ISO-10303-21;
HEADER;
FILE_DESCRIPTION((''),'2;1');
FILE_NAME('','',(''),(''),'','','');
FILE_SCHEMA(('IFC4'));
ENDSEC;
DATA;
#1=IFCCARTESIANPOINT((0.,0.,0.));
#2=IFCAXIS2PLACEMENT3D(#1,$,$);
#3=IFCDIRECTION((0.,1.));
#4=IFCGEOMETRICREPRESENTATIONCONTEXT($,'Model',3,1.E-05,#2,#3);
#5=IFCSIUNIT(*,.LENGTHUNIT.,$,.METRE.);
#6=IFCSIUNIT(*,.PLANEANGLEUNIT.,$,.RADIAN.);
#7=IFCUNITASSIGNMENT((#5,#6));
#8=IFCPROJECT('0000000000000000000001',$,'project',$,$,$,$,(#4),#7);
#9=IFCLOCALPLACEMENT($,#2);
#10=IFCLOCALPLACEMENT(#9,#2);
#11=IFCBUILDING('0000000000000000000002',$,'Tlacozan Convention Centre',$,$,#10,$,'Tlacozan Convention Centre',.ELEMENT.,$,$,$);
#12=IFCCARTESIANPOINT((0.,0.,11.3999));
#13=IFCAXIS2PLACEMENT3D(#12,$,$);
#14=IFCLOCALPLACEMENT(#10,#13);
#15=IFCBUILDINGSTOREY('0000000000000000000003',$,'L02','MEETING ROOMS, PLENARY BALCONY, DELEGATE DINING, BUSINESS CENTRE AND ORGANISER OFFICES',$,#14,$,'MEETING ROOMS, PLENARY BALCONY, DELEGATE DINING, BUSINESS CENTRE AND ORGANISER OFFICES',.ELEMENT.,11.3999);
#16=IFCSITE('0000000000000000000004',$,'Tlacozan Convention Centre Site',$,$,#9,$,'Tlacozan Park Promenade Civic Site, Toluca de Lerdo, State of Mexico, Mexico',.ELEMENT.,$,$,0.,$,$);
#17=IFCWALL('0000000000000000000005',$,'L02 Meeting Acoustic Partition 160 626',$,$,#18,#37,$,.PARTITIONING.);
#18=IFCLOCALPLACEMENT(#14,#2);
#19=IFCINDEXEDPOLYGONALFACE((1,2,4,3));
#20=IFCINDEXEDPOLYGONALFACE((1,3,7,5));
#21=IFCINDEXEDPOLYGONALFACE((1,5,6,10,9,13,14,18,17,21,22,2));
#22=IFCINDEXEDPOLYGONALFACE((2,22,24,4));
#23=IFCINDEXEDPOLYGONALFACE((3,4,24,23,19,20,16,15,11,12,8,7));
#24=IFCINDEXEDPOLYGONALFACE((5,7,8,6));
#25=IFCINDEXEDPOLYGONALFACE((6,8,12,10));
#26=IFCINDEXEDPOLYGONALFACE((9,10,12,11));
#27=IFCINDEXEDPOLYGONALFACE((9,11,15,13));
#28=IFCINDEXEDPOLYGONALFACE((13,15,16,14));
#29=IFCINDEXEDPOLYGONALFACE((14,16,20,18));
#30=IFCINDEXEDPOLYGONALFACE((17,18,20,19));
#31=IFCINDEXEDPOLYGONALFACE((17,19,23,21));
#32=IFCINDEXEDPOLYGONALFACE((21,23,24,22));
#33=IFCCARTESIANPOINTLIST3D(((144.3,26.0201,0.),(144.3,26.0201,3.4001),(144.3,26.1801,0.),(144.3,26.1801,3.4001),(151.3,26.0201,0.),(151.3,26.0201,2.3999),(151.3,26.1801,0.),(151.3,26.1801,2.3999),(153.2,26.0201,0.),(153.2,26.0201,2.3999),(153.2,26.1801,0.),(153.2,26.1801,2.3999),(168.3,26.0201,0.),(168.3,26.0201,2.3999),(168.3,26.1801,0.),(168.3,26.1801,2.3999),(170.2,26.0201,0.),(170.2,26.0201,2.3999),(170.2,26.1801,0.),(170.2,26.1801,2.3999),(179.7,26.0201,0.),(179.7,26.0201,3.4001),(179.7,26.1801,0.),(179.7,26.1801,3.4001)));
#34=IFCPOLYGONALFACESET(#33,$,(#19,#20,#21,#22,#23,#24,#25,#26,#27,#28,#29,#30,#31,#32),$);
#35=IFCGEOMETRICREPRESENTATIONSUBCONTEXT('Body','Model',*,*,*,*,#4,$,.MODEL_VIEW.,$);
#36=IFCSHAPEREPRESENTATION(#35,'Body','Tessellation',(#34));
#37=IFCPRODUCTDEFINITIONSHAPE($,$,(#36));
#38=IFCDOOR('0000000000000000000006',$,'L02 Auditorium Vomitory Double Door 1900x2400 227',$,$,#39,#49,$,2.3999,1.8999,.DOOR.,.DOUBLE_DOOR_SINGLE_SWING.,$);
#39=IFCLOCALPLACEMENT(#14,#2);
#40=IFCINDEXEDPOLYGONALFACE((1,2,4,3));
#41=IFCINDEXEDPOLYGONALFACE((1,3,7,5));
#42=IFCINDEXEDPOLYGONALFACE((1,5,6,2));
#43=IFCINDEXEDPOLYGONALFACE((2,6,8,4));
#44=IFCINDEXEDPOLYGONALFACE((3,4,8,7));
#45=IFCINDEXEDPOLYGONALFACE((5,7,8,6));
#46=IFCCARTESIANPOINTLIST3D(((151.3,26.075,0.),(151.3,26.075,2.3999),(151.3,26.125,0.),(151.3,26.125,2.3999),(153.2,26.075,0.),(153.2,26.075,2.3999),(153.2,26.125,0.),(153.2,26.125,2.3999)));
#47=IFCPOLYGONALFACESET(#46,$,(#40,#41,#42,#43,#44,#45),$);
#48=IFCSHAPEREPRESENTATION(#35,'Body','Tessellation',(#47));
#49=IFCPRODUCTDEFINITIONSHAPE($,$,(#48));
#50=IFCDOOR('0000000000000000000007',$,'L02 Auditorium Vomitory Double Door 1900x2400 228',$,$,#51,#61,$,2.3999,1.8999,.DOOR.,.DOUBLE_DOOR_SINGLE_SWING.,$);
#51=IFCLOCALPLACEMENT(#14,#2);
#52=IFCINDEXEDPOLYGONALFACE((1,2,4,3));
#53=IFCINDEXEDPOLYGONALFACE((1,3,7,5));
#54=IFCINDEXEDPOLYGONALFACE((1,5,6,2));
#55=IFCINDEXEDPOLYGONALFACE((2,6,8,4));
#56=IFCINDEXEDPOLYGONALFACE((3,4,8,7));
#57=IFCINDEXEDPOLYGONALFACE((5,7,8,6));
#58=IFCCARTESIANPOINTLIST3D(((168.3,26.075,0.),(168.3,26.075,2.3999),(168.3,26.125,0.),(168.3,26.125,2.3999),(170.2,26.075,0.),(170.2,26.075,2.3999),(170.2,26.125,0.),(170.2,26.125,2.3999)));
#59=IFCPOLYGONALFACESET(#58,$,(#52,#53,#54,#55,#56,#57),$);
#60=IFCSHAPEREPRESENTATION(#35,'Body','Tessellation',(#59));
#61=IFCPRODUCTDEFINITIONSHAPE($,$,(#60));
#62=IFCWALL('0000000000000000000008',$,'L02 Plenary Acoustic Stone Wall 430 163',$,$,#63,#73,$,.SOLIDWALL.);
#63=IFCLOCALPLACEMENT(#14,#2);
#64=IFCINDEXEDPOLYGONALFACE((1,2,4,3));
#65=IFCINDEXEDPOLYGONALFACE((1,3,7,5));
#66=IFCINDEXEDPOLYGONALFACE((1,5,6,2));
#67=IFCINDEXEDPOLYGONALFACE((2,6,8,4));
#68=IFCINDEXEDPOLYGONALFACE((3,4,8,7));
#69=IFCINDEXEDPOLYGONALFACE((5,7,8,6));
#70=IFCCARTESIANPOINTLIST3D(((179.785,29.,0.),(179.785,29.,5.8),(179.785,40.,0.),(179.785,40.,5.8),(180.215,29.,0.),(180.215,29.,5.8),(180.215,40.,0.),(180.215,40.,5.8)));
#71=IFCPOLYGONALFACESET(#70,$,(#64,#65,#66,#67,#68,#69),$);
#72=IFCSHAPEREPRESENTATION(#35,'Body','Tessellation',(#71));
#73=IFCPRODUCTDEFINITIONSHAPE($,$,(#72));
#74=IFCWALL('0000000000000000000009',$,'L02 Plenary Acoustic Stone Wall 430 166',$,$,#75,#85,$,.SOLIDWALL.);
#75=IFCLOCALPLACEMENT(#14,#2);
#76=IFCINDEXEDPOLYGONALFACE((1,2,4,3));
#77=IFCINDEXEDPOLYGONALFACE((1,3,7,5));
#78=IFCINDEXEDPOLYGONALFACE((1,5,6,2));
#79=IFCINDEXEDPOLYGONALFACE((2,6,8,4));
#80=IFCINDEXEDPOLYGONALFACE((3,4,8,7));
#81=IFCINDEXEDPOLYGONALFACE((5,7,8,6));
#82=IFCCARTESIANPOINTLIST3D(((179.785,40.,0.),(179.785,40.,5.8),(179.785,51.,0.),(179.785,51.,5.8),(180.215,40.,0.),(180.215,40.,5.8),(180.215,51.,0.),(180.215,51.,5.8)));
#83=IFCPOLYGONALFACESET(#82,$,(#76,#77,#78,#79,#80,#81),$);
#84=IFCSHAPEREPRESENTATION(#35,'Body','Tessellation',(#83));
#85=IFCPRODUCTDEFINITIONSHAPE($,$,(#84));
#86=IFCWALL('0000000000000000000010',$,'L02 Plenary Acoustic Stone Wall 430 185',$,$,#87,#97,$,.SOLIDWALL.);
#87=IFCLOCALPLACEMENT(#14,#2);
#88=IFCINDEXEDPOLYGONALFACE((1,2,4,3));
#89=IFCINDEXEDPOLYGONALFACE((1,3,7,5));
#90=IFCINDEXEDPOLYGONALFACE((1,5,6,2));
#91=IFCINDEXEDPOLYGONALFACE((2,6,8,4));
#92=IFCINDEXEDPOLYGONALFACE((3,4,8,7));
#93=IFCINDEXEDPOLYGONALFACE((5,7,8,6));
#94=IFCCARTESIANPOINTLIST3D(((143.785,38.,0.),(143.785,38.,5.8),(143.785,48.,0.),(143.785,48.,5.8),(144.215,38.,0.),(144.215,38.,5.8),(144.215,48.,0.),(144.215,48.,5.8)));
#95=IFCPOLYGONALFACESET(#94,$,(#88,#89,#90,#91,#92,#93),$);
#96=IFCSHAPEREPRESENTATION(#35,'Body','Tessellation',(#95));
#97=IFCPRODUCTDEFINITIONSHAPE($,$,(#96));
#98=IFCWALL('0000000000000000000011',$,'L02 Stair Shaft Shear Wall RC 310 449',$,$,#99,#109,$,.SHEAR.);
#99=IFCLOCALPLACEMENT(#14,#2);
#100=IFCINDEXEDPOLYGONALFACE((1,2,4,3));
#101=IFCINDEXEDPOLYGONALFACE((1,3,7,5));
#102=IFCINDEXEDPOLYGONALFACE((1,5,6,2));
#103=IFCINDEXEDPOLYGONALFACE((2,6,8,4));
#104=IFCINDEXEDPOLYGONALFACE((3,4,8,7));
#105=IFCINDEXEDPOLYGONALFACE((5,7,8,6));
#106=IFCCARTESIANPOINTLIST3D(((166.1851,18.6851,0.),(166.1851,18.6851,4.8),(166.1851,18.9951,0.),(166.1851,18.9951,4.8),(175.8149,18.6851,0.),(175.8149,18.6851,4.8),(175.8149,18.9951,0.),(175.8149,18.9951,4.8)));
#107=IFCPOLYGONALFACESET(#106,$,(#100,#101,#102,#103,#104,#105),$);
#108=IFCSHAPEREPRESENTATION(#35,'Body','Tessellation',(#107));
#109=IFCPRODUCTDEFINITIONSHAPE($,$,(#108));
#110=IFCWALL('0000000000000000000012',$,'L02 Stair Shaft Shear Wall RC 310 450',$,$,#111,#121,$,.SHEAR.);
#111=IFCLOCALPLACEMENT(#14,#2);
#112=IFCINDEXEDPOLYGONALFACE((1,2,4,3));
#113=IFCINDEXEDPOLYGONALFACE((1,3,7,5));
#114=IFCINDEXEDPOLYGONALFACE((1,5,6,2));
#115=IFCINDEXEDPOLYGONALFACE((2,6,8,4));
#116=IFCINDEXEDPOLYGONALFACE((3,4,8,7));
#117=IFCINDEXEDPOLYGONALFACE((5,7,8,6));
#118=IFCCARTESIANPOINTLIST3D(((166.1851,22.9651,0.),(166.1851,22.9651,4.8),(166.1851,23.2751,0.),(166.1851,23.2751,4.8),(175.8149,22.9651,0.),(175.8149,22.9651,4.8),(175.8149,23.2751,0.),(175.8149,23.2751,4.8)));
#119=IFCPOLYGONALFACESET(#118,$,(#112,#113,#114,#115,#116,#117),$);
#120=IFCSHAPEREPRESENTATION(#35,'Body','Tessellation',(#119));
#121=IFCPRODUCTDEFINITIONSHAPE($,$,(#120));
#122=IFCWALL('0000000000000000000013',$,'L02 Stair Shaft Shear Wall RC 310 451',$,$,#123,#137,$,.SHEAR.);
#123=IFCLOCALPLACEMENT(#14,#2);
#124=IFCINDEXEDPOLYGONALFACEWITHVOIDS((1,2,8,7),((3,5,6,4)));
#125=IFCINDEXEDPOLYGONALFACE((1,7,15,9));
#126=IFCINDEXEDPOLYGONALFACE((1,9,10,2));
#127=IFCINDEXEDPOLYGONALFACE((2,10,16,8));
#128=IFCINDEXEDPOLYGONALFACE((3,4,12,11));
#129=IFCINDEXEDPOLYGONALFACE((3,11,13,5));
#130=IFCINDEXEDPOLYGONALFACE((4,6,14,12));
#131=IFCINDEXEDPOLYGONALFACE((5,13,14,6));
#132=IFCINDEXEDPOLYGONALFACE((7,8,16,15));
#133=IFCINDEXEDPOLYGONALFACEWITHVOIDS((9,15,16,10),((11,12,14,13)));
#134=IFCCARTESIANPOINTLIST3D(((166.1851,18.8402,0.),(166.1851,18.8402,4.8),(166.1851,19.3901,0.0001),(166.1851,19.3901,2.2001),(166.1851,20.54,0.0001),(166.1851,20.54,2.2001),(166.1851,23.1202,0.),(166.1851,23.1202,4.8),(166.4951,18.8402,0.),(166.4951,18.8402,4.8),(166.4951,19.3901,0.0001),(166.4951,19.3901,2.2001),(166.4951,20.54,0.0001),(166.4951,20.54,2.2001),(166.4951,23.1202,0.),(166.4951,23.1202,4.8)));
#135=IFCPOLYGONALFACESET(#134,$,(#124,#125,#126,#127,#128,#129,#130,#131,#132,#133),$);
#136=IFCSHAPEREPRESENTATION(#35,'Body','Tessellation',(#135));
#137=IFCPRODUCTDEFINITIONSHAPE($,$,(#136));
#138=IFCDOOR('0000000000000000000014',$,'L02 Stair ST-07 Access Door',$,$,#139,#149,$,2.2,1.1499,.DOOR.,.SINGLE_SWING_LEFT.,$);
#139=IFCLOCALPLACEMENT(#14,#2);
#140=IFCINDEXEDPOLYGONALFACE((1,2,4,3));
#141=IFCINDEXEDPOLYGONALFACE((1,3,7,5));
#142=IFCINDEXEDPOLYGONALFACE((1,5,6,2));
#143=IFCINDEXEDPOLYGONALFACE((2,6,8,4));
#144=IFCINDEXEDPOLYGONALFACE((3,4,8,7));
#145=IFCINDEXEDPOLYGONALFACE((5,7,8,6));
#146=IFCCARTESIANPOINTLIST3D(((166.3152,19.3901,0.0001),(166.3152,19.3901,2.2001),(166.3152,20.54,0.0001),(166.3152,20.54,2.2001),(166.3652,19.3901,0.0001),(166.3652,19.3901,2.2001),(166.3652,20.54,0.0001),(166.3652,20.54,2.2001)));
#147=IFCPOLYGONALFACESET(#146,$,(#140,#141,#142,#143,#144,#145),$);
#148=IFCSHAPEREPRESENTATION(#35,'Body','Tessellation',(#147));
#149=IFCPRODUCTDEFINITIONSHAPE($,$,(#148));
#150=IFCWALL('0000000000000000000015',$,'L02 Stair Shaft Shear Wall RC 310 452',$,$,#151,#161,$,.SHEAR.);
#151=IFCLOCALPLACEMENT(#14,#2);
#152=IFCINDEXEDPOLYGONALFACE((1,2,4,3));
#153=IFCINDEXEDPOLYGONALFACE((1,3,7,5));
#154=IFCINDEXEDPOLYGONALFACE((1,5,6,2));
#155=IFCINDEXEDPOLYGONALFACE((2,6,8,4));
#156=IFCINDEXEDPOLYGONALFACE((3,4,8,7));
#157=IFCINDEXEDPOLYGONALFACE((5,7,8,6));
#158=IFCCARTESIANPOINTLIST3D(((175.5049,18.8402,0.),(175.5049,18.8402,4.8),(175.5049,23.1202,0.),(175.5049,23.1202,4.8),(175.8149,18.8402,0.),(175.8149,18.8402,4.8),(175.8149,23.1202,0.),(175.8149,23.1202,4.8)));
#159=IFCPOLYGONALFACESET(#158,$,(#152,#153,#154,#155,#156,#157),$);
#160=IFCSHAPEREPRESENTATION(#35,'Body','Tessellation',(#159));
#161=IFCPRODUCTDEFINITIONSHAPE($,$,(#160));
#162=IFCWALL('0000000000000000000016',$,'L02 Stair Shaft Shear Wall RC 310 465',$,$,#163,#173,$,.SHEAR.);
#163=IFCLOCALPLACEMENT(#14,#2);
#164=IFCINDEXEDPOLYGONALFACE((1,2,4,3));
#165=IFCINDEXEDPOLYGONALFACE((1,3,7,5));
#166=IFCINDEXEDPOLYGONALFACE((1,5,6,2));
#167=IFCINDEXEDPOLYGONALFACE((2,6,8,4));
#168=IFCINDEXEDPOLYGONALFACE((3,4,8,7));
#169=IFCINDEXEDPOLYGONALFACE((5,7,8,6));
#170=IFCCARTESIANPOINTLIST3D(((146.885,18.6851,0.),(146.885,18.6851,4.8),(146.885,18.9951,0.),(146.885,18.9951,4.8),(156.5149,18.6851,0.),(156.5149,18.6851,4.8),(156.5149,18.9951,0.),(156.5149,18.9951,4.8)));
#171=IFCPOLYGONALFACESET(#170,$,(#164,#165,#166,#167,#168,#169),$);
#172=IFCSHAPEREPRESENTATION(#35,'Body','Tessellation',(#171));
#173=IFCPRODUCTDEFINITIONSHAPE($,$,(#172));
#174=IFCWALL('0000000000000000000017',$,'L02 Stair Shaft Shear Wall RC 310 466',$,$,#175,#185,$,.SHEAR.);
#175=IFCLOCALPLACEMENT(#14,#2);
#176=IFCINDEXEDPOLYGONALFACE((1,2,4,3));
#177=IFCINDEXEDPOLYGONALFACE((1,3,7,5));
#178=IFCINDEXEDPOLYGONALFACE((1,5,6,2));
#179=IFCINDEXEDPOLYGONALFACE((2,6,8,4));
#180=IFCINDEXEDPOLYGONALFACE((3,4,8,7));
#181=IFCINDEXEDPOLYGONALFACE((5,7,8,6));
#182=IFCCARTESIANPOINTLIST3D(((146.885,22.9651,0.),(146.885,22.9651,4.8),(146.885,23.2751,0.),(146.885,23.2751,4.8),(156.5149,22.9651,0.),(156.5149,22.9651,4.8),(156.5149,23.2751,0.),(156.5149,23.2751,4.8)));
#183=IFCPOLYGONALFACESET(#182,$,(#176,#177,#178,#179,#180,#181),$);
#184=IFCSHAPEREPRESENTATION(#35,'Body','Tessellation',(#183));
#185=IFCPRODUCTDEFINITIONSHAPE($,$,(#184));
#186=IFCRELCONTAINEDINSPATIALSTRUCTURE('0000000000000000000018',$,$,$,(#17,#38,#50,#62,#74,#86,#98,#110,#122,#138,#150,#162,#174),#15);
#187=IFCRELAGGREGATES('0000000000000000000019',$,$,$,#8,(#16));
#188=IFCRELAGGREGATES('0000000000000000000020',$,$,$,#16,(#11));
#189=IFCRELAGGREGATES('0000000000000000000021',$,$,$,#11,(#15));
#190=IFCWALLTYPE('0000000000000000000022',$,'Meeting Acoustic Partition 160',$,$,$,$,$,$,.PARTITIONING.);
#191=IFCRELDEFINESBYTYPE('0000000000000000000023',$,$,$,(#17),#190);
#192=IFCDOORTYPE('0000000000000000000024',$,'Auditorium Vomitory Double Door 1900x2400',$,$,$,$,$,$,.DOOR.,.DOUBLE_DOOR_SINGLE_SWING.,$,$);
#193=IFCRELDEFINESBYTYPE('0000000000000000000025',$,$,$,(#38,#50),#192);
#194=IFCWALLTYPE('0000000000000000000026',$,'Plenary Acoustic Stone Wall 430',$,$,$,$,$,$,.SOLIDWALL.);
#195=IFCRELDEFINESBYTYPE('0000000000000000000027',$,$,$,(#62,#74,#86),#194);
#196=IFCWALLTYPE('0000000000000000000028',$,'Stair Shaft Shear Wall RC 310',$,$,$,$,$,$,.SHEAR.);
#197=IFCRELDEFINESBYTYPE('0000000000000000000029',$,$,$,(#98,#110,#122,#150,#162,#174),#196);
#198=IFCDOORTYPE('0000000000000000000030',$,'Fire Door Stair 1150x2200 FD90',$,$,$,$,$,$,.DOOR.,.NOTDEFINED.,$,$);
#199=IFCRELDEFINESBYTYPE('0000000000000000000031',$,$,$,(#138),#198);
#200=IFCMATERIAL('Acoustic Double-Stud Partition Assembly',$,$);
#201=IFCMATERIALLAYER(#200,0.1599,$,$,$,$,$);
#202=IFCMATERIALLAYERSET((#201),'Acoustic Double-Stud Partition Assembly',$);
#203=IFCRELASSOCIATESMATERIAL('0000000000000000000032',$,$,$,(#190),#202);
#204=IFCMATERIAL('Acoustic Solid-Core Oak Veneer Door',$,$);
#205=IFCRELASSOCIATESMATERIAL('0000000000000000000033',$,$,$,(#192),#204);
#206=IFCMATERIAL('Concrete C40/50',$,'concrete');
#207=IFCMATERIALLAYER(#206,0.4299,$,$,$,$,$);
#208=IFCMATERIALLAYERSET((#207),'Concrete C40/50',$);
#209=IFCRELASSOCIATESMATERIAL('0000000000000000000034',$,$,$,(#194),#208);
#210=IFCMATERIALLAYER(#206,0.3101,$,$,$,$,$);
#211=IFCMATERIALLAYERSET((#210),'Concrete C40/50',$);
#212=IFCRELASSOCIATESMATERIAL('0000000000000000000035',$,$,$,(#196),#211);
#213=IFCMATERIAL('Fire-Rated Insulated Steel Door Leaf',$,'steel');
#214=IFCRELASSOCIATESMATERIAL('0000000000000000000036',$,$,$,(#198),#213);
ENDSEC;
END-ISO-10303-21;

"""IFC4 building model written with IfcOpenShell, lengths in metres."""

from ifc_helpers import new_model, si_unit, direction, frame, frame_2d, origin, place, context, subcontext, project, spatial, rectangle, extrude, material, layer, layer_set, type_object, element, fill, save


model = new_model("IFC4")

# Units and contexts
model_context = context("Model", 3, precision=1e-05, world=origin(), true_north=direction((0.0, 1.0)))
body_context = subcontext(model_context, "Body", "Model", "MODEL_VIEW")
ifc_project = project(units=[si_unit("LENGTHUNIT", "METRE"), si_unit("PLANEANGLEUNIT", "RADIAN")], contexts=[model_context])

# Site, building, storey
site_placement = place(None, origin())
site = spatial("IfcSite", under=ifc_project, at=site_placement, Name="Tlacozan Convention Centre Site", LongName="Tlacozan Park Promenade Civic Site, Toluca de Lerdo, State of Mexico, Mexico", CompositionType="ELEMENT", RefElevation=0.0)
building_placement = place(site_placement, origin())
building = spatial("IfcBuilding", under=site, at=building_placement, Name="Tlacozan Convention Centre", LongName="Tlacozan Convention Centre", CompositionType="ELEMENT")
storey_placement = place(building_placement, frame((0.0, 0.0, 11.3999)))
storey = spatial("IfcBuildingStorey", under=building, at=storey_placement, Name="L02", Description="MEETING ROOMS, PLENARY BALCONY, DELEGATE DINING, BUSINESS CENTRE AND ORGANISER OFFICES", LongName="MEETING ROOMS, PLENARY BALCONY, DELEGATE DINING, BUSINESS CENTRE AND ORGANISER OFFICES", CompositionType="ELEMENT", Elevation=11.3999)

# Shared definitions
ifc_material_1 = material(Name="Concrete C40/50", Category="concrete")

# Shared definitions
ifc_material_2 = material(Name="Fire-Rated Insulated Steel Door Leaf", Category="steel")

# Wall, openings, doors
ifc_material_3 = material(Name="Acoustic Double-Stud Partition Assembly")
ifc_layer_1 = layer(ifc_material_3, 0.1599)
ifc_layer_set_1 = layer_set([ifc_layer_1], Name="Acoustic Double-Stud Partition Assembly")
wall_type_1 = type_object("IfcWallType", Name="Meeting Acoustic Partition 160", PredefinedType="PARTITIONING", material=ifc_layer_set_1)
wall_1_placement = place(storey_placement, frame((144.3, 26.1001, 0.0), z_axis=(0.0, 0.0, 1.0), x_axis=(1.0, 0.0, 0.0)))
wall_1 = element("IfcWall", 1, at=wall_1_placement, inside=storey, type_object=wall_type_1, Name="L02 Meeting Acoustic Partition 160 626", PredefinedType="PARTITIONING", context=body_context, shape_type="SweptSolid", body=[
    extrude(rectangle(XDim=35.3999, YDim=0.1599, at=frame_2d((17.7, 0.0))), origin(), (0.0, 0.0, 1.0), 3.4001),
])
opening_1_placement = place(wall_1_placement, frame((7.0, 0.0, 0.0)))
opening_1 = element("IfcOpeningElement", 2, at=opening_1_placement, cuts=wall_1, PredefinedType="OPENING", context=body_context, shape_type="SweptSolid", body=[
    extrude(rectangle(XDim=1.8999, YDim=2.3999, at=frame_2d((0.95, 1.2))), frame((0.0, 0.0898, 0.0), z_axis=(0.0, -1.0, 0.0), x_axis=(1.0, 0.0, 0.0)), (0.0, 0.0, 1.0), 0.1799),
])
opening_2_placement = place(wall_1_placement, frame((24.0, 0.0, 0.0)))
opening_2 = element("IfcOpeningElement", 3, at=opening_2_placement, cuts=wall_1, PredefinedType="OPENING", context=body_context, shape_type="SweptSolid", body=[
    extrude(rectangle(XDim=1.8999, YDim=2.3999, at=frame_2d((0.95, 1.2))), frame((0.0, 0.0898, 0.0), z_axis=(0.0, -1.0, 0.0), x_axis=(1.0, 0.0, 0.0)), (0.0, 0.0, 1.0), 0.1799),
])
ifc_material_4 = material(Name="Acoustic Solid-Core Oak Veneer Door")
door_type_1 = type_object("IfcDoorType", Name="Auditorium Vomitory Double Door 1900x2400", OperationType="DOUBLE_DOOR_SINGLE_SWING", PredefinedType="DOOR", material=ifc_material_4)
door_1_placement = place(opening_1_placement, origin())
door_1 = element("IfcDoor", 4, at=door_1_placement, inside=storey, type_object=door_type_1, Name="L02 Auditorium Vomitory Double Door 1900x2400 227", OperationType="DOUBLE_DOOR_SINGLE_SWING", OverallHeight=2.3999, OverallWidth=1.8999, PredefinedType="DOOR", context=body_context, shape_type="SweptSolid", body=[
    extrude(rectangle(XDim=1.8999, YDim=2.3999, at=frame_2d((0.95, 1.2))), frame((0.0, 0.0249, 0.0), z_axis=(0.0, -1.0, 0.0), x_axis=(1.0, 0.0, 0.0)), (0.0, 0.0, 1.0), 0.05),
])
fill(opening_1, door_1)
door_2_placement = place(opening_2_placement, origin())
door_2 = element("IfcDoor", 5, at=door_2_placement, inside=storey, type_object=door_type_1, Name="L02 Auditorium Vomitory Double Door 1900x2400 228", OperationType="DOUBLE_DOOR_SINGLE_SWING", OverallHeight=2.3999, OverallWidth=1.8999, PredefinedType="DOOR", context=body_context, shape_type="SweptSolid", body=[
    extrude(rectangle(XDim=1.8999, YDim=2.3999, at=frame_2d((0.95, 1.2))), frame((0.0, 0.0249, 0.0), z_axis=(0.0, -1.0, 0.0), x_axis=(1.0, 0.0, 0.0)), (0.0, 0.0, 1.0), 0.05),
])
fill(opening_2, door_2)

# Walls
ifc_layer_2 = layer(ifc_material_1, 0.4299)
ifc_layer_set_2 = layer_set([ifc_layer_2], Name="Concrete C40/50")
wall_type_2 = type_object("IfcWallType", Name="Plenary Acoustic Stone Wall 430", PredefinedType="SOLIDWALL", material=ifc_layer_set_2)
for number, where, z_axis, x_axis, name in (
    (6, (180.0, 29.0, 0.0), (0.0, 0.0, 1.0), (0.0, 1.0, 0.0), "L02 Plenary Acoustic Stone Wall 430 163"),
    (7, (180.0, 40.0, 0.0), (0.0, 0.0, 1.0), (0.0, 1.0, 0.0), "L02 Plenary Acoustic Stone Wall 430 166"),
):
    element("IfcWall", number, at=place(storey_placement, frame(where, z_axis=z_axis, x_axis=x_axis)), inside=storey, type_object=wall_type_2, Name=name, PredefinedType="SOLIDWALL", context=body_context, shape_type="SweptSolid", body=[
        extrude(rectangle(XDim=11.0, YDim=0.4299, at=frame_2d((5.5, 0.0))), origin(), (0.0, 0.0, 1.0), 5.8),
    ])
wall_2_placement = place(storey_placement, frame((144.0, 38.0, 0.0), z_axis=(0.0, 0.0, 1.0), x_axis=(0.0, 1.0, 0.0)))
element("IfcWall", 8, at=wall_2_placement, inside=storey, type_object=wall_type_2, Name="L02 Plenary Acoustic Stone Wall 430 185", PredefinedType="SOLIDWALL", context=body_context, shape_type="SweptSolid", body=[
    extrude(rectangle(XDim=10.0, YDim=0.4299, at=frame_2d((5.0, 0.0))), origin(), (0.0, 0.0, 1.0), 5.8),
])
ifc_layer_3 = layer(ifc_material_1, 0.3101)
ifc_layer_set_3 = layer_set([ifc_layer_3], Name="Concrete C40/50")
wall_type_3 = type_object("IfcWallType", Name="Stair Shaft Shear Wall RC 310", PredefinedType="SHEAR", material=ifc_layer_set_3)
for number, where, z_axis, x_axis, name in (
    (9, (166.1851, 18.8401, 0.0), (0.0, 0.0, 1.0), (1.0, 0.0, 0.0), "L02 Stair Shaft Shear Wall RC 310 449"),
    (10, (166.1851, 23.1201, 0.0), (0.0, 0.0, 1.0), (1.0, 0.0, 0.0), "L02 Stair Shaft Shear Wall RC 310 450"),
):
    element("IfcWall", number, at=place(storey_placement, frame(where, z_axis=z_axis, x_axis=x_axis)), inside=storey, type_object=wall_type_3, Name=name, PredefinedType="SHEAR", context=body_context, shape_type="SweptSolid", body=[
        extrude(rectangle(XDim=9.6299, YDim=0.3101, at=frame_2d((4.8149, 0.0))), origin(), (0.0, 0.0, 1.0), 4.8),
    ])

# Wall, opening, door
wall_3_placement = place(storey_placement, frame((166.3401, 18.8401, 0.0), z_axis=(0.0, 0.0, 1.0), x_axis=(0.0, 1.0, 0.0)))
wall_3 = element("IfcWall", 11, at=wall_3_placement, inside=storey, type_object=wall_type_3, Name="L02 Stair Shaft Shear Wall RC 310 451", PredefinedType="SHEAR", context=body_context, shape_type="SweptSolid", body=[
    extrude(rectangle(XDim=4.28, YDim=0.3101, at=frame_2d((2.1401, 0.0))), origin(), (0.0, 0.0, 1.0), 4.8),
])
opening_3_placement = place(wall_3_placement, frame((0.55, 0.0, 0.0)))
opening_3 = element("IfcOpeningElement", 12, at=opening_3_placement, cuts=wall_3, PredefinedType="OPENING", context=body_context, shape_type="SweptSolid", body=[
    extrude(rectangle(XDim=1.1499, YDim=2.2, at=frame_2d((0.575, 1.1001))), frame((0.0, 0.165, 0.0), z_axis=(0.0, -1.0, 0.0), x_axis=(1.0, 0.0, 0.0)), (0.0, 0.0, 1.0), 0.3301),
])
door_type_2 = type_object("IfcDoorType", Name="Fire Door Stair 1150x2200 FD90", OperationType="NOTDEFINED", PredefinedType="DOOR", material=ifc_material_2)
door_3_placement = place(opening_3_placement, origin())
door_3 = element("IfcDoor", 13, at=door_3_placement, inside=storey, type_object=door_type_2, Name="L02 Stair ST-07 Access Door", OperationType="SINGLE_SWING_LEFT", OverallHeight=2.2, OverallWidth=1.1499, PredefinedType="DOOR", context=body_context, shape_type="SweptSolid", body=[
    extrude(rectangle(XDim=1.1499, YDim=2.2, at=frame_2d((0.575, 1.1001))), frame((0.0, 0.0249, 0.0), z_axis=(0.0, -1.0, 0.0), x_axis=(1.0, 0.0, 0.0)), (0.0, 0.0, 1.0), 0.05),
])
fill(opening_3, door_3)

# Walls
wall_4_placement = place(storey_placement, frame((175.6599, 18.8401, 0.0), z_axis=(0.0, 0.0, 1.0), x_axis=(0.0, 1.0, 0.0)))
element("IfcWall", 14, at=wall_4_placement, inside=storey, type_object=wall_type_3, Name="L02 Stair Shaft Shear Wall RC 310 452", PredefinedType="SHEAR", context=body_context, shape_type="SweptSolid", body=[
    extrude(rectangle(XDim=4.28, YDim=0.3101, at=frame_2d((2.1401, 0.0))), origin(), (0.0, 0.0, 1.0), 4.8),
])
for number, where, z_axis, x_axis, name in (
    (15, (146.885, 18.8401, 0.0), (0.0, 0.0, 1.0), (1.0, 0.0, 0.0), "L02 Stair Shaft Shear Wall RC 310 465"),
    (16, (146.885, 23.1201, 0.0), (0.0, 0.0, 1.0), (1.0, 0.0, 0.0), "L02 Stair Shaft Shear Wall RC 310 466"),
):
    element("IfcWall", number, at=place(storey_placement, frame(where, z_axis=z_axis, x_axis=x_axis)), inside=storey, type_object=wall_type_3, Name=name, PredefinedType="SHEAR", context=body_context, shape_type="SweptSolid", body=[
        extrude(rectangle(XDim=9.6299, YDim=0.3101, at=frame_2d((4.8149, 0.0))), origin(), (0.0, 0.0, 1.0), 4.8),
    ])

save(model, "model.ifc")
